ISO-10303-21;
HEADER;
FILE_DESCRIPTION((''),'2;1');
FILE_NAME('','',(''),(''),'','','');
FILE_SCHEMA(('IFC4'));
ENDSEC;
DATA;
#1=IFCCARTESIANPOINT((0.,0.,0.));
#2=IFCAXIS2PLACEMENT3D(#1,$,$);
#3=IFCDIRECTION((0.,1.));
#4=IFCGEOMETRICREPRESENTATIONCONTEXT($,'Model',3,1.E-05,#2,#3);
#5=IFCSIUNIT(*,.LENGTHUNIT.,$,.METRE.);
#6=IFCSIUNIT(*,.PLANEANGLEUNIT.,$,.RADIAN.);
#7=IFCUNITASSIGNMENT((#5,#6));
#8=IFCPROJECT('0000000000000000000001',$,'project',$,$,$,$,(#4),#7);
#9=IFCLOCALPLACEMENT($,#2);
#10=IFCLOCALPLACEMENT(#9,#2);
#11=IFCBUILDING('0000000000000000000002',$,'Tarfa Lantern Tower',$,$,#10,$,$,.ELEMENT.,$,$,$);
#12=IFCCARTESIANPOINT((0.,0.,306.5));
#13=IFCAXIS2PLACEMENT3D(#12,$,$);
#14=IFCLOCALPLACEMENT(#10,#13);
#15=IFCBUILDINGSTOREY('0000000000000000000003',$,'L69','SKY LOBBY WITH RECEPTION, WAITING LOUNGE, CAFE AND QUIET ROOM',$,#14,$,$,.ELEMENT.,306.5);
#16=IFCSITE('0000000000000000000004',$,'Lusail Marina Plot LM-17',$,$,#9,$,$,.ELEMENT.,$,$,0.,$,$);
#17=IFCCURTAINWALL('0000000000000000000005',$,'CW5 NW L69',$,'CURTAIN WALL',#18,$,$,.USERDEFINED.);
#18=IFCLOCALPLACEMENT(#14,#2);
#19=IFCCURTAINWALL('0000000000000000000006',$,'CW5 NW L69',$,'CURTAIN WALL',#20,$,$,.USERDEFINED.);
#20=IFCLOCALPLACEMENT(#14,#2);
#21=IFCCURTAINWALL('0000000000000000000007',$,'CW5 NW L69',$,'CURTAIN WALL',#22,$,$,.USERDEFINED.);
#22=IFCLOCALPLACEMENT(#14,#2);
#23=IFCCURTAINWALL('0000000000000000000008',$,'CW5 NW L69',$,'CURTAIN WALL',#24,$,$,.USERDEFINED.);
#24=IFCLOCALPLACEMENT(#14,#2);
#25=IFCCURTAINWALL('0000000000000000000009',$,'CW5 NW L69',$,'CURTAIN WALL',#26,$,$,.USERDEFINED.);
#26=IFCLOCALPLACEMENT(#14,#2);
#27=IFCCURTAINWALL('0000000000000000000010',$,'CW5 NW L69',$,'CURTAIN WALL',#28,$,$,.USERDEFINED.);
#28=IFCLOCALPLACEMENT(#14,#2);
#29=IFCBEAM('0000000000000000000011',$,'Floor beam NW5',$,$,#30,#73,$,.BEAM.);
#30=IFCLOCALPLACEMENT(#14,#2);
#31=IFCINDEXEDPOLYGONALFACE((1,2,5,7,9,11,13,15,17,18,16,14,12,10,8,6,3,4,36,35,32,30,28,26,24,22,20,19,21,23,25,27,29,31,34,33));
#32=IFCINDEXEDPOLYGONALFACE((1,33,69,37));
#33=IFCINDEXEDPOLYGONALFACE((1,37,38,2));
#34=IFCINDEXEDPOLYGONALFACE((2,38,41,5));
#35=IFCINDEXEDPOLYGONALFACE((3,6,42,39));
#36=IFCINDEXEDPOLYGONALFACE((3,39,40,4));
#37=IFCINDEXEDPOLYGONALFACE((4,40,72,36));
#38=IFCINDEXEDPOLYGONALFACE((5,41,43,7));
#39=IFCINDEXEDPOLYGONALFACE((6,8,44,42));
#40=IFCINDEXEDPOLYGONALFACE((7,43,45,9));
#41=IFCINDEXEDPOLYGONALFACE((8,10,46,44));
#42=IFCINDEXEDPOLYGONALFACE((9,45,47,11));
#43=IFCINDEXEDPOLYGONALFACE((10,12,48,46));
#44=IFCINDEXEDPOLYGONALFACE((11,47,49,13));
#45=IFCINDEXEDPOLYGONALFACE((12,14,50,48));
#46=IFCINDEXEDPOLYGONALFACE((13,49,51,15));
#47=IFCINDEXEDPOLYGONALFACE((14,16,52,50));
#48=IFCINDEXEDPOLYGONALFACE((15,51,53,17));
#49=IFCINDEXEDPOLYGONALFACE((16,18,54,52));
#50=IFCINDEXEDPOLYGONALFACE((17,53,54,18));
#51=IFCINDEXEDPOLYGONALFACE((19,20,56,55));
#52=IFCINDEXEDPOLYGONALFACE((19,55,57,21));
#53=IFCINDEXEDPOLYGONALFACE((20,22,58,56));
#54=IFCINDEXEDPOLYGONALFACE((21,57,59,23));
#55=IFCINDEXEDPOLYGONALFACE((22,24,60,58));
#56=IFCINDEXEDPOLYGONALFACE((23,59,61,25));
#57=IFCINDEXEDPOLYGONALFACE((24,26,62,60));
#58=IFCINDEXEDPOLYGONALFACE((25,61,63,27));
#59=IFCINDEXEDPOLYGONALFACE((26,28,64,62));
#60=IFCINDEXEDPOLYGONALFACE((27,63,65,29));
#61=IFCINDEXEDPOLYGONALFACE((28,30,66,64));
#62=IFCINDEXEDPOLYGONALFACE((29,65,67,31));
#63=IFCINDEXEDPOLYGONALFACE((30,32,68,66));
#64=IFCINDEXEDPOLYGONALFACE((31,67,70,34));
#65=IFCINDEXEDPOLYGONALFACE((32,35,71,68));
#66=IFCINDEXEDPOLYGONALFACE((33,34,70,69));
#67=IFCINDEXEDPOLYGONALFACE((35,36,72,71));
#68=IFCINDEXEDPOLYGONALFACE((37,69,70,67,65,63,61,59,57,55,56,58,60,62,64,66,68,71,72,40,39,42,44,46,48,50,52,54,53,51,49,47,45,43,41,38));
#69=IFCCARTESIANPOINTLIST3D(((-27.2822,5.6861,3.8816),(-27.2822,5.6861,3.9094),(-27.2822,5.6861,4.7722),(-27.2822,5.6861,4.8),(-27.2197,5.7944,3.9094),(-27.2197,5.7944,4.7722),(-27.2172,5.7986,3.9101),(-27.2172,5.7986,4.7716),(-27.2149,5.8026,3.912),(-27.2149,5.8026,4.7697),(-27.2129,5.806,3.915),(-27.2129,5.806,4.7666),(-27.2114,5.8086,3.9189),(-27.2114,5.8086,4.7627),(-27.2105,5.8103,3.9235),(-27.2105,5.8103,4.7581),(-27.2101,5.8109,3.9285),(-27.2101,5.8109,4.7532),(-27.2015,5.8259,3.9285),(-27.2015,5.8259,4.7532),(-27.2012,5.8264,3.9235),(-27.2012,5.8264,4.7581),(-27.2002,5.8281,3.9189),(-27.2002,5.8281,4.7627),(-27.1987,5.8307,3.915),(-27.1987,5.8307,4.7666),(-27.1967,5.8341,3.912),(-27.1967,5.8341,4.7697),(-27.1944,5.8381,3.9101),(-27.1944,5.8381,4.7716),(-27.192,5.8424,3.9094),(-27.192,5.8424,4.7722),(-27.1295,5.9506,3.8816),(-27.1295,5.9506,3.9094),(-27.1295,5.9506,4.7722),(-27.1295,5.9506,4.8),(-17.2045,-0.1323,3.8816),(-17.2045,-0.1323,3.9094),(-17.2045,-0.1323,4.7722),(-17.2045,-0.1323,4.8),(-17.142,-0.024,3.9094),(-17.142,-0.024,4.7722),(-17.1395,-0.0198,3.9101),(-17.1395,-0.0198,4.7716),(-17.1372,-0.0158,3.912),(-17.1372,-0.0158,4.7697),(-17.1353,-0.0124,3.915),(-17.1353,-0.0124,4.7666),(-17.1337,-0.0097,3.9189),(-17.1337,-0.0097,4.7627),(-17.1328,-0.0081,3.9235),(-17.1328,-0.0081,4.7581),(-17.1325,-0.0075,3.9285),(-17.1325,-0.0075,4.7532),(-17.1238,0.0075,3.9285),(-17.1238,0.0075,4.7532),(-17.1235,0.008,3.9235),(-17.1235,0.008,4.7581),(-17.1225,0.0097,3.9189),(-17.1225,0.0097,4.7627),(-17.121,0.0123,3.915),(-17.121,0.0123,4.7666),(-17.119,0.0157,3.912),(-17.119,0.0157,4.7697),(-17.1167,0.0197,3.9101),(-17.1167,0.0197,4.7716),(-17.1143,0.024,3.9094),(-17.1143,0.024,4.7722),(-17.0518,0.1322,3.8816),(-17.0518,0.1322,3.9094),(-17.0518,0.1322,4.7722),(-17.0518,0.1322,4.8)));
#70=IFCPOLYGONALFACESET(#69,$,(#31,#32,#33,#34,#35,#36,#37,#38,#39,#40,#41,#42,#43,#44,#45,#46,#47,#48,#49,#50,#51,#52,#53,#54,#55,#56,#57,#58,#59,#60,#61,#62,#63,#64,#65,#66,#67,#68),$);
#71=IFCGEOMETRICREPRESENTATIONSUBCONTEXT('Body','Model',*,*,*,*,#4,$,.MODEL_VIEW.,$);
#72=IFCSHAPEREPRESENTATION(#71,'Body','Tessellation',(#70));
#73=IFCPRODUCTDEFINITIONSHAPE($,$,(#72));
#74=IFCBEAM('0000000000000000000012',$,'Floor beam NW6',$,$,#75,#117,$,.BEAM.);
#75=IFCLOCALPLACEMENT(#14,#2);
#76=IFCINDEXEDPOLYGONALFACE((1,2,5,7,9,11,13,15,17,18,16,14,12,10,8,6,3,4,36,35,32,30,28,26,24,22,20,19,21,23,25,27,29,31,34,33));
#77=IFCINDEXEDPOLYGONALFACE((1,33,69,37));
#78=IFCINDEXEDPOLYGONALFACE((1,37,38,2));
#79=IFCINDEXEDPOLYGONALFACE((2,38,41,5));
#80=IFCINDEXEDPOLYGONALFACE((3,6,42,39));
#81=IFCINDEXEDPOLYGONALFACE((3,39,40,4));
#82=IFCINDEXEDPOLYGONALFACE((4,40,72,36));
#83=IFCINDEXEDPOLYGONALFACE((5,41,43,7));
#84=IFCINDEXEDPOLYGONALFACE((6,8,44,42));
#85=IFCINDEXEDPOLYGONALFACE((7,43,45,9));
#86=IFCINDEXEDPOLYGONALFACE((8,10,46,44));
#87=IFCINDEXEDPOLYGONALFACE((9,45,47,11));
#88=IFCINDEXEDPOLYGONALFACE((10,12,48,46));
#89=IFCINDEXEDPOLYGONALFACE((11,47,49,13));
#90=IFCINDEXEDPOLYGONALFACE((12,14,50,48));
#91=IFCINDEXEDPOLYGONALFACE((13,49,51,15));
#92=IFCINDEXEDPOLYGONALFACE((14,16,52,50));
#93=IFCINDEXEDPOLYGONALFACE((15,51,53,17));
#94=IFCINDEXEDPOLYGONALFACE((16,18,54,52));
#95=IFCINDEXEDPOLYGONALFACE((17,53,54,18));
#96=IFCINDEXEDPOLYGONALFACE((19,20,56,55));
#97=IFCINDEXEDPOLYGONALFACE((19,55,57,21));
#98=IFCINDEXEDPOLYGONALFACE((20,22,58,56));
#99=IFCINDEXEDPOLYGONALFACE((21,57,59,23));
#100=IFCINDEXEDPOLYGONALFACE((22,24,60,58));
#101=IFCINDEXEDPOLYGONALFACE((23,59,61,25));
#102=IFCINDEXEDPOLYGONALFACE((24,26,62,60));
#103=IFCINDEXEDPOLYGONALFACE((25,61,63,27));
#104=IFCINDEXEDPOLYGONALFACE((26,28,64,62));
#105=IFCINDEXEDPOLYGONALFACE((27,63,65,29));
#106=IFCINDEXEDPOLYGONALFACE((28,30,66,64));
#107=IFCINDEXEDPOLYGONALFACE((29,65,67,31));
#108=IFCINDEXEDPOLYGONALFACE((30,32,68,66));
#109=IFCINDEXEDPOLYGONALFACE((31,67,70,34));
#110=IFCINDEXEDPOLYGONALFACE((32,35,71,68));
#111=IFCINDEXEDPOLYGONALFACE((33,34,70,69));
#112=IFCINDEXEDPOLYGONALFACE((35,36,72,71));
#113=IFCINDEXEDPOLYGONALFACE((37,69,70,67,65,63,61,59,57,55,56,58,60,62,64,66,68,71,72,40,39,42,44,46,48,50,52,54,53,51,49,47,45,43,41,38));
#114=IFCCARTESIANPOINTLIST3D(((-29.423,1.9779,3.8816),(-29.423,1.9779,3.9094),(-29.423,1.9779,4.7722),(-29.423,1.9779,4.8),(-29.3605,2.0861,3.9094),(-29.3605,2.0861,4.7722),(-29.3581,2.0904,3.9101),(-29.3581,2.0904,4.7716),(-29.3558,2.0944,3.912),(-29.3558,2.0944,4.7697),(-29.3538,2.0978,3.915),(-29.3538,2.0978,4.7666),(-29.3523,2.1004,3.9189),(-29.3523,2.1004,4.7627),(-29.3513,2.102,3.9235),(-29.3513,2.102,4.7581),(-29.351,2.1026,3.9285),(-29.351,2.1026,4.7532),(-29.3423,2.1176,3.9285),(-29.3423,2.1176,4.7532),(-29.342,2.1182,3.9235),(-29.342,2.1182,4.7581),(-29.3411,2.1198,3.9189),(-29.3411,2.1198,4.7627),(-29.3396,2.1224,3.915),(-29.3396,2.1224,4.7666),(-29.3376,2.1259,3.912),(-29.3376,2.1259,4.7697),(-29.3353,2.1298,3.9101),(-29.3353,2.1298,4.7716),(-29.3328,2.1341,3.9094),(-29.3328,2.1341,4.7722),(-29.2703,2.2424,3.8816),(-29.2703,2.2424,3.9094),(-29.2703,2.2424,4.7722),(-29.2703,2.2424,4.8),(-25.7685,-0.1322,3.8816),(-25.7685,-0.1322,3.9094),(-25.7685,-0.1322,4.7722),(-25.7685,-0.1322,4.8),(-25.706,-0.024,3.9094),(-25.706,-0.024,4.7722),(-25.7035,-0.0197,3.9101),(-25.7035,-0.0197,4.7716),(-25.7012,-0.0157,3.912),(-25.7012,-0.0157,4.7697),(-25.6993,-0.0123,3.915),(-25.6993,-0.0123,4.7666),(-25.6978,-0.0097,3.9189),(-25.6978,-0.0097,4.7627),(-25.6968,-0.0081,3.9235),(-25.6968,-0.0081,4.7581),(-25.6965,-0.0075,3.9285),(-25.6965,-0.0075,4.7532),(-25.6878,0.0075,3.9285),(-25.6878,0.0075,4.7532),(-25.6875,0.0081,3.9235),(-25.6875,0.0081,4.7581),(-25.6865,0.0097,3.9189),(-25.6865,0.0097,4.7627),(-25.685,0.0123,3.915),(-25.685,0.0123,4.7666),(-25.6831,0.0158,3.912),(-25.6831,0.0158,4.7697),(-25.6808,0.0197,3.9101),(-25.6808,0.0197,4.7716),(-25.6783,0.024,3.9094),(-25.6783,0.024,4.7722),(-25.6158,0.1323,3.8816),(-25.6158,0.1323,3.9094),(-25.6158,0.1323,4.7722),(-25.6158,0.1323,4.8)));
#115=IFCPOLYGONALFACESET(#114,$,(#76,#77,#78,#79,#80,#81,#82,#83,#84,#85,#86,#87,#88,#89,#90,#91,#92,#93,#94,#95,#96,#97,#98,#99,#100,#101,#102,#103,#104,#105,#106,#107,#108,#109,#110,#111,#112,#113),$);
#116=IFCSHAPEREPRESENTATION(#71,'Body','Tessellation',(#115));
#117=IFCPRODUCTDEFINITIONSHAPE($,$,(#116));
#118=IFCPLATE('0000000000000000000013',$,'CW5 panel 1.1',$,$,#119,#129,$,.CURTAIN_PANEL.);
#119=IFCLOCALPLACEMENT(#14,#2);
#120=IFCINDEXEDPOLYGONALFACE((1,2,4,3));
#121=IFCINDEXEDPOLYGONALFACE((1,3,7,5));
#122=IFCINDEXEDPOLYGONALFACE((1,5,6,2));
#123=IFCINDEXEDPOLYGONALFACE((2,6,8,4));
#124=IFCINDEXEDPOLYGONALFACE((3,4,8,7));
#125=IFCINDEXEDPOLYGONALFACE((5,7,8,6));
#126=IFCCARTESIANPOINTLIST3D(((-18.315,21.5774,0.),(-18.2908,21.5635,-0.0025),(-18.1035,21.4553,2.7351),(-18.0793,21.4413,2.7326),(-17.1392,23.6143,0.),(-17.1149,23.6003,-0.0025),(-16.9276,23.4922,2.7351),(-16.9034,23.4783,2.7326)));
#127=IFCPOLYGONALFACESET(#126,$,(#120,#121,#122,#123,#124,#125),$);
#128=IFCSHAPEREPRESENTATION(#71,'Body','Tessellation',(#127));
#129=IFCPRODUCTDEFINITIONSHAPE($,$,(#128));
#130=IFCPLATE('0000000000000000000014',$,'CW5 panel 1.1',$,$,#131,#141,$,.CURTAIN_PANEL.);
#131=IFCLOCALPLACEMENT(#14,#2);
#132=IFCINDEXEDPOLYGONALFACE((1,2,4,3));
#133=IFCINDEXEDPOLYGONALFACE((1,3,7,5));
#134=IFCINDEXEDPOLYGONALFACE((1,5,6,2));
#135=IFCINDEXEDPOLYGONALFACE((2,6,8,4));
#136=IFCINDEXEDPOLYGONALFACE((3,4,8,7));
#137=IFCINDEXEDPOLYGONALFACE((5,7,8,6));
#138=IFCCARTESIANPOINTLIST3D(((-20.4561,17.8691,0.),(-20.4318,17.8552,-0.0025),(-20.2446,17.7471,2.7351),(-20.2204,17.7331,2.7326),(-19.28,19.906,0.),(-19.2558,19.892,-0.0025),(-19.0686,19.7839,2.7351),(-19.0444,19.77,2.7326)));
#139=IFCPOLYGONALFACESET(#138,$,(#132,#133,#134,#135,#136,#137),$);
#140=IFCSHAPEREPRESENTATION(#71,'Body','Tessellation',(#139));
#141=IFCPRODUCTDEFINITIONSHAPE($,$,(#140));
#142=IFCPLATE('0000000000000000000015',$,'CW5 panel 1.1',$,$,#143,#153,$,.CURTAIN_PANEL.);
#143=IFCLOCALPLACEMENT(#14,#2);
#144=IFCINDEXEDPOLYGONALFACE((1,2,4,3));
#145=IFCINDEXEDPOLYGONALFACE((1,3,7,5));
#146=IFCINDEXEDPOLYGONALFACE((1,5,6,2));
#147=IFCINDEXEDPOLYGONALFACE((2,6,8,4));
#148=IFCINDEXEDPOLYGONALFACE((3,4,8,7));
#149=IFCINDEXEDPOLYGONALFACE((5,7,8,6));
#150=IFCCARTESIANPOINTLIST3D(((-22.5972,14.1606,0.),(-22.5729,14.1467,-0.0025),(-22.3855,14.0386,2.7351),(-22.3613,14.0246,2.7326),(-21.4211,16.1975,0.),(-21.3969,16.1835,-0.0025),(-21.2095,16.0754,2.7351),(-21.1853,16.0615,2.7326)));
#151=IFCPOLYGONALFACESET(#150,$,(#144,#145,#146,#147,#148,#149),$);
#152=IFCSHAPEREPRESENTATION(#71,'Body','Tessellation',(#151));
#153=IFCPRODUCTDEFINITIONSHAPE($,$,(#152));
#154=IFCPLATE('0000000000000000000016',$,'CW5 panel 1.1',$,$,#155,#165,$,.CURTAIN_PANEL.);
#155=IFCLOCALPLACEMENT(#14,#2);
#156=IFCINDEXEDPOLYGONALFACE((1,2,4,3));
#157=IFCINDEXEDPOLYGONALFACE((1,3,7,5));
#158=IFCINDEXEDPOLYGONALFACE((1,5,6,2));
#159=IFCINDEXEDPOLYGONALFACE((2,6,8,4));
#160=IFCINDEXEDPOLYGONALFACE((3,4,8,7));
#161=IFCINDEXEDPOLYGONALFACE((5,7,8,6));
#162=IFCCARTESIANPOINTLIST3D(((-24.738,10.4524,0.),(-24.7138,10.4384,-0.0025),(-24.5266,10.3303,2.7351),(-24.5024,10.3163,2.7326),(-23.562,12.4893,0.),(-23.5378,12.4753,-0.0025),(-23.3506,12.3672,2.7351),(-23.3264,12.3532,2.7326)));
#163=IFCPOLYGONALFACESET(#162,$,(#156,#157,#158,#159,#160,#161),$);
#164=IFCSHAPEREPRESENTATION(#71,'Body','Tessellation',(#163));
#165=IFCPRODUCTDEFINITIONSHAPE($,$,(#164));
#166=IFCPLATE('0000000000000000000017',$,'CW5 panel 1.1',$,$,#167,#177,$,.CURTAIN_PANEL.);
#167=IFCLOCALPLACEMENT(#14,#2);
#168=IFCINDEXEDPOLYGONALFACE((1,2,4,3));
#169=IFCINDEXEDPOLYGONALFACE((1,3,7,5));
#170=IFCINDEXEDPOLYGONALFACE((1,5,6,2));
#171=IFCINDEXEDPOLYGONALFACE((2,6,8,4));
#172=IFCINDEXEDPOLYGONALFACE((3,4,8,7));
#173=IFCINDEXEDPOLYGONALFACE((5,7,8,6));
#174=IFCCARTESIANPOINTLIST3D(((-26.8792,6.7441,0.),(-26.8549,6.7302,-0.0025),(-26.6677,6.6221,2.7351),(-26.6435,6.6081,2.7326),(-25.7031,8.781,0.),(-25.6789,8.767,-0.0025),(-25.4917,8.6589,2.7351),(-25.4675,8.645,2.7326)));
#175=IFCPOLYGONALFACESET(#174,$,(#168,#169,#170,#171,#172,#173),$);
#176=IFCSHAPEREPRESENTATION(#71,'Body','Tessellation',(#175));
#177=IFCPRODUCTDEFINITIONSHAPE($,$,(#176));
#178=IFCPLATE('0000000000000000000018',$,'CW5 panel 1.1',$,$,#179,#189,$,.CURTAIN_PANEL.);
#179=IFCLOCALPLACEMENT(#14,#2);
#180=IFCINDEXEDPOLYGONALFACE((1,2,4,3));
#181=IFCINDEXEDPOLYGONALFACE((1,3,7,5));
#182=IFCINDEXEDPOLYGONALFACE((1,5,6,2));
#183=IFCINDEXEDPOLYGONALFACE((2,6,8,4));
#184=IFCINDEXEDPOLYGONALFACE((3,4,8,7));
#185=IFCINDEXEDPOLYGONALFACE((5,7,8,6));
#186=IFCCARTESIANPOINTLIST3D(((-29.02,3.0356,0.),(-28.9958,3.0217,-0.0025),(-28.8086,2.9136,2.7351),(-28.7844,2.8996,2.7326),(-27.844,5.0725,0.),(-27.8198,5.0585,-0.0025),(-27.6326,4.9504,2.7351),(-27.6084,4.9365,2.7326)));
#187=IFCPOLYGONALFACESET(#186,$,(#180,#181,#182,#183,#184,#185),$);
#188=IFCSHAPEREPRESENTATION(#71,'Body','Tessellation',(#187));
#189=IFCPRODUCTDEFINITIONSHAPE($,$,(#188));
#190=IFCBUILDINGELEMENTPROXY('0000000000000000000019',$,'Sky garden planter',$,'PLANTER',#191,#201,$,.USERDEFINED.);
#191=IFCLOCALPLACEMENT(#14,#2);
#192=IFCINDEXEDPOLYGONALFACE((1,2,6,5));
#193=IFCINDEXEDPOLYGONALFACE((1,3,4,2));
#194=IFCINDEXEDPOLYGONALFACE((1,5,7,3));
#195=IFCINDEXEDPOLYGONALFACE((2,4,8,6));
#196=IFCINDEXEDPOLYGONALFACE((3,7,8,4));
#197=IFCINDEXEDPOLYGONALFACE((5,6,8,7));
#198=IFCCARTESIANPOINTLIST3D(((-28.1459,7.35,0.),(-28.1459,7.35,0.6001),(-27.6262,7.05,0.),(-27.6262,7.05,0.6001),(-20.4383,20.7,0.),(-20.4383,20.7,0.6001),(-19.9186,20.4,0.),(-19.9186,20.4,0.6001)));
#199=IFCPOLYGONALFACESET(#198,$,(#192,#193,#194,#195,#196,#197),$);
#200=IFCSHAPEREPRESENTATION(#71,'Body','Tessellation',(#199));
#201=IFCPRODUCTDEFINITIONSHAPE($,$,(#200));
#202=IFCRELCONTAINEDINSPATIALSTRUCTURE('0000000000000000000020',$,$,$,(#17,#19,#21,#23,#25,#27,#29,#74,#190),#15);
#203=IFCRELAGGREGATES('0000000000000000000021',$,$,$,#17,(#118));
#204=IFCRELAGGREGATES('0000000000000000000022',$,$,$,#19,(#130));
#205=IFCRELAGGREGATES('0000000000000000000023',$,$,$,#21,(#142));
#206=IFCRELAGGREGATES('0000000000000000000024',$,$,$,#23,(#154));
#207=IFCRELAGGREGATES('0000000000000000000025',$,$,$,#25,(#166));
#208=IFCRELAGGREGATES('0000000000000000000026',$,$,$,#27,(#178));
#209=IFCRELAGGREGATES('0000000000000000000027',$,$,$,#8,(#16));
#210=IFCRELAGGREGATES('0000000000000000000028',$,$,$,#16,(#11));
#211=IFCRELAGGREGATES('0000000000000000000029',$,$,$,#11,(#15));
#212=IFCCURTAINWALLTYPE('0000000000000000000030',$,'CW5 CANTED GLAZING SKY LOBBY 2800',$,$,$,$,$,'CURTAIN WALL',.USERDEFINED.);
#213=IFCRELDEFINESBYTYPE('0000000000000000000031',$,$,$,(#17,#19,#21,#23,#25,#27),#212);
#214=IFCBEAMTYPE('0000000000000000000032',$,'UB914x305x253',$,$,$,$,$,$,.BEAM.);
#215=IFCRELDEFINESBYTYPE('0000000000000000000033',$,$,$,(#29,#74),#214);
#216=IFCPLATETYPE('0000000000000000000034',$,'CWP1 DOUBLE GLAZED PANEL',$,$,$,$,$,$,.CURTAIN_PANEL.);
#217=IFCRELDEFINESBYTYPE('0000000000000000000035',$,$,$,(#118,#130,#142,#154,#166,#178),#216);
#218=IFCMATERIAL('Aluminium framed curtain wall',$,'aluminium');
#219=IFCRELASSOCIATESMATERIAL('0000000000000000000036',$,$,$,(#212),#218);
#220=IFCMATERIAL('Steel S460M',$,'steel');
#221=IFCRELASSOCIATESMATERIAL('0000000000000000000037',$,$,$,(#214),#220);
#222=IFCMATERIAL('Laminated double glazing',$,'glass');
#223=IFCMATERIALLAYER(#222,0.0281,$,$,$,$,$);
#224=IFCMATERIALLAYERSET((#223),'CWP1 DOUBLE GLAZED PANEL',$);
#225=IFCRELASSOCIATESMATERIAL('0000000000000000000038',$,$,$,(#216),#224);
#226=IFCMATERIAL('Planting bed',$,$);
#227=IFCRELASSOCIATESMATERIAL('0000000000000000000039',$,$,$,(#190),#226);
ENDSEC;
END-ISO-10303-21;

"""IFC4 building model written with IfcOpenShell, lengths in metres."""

from ifc_helpers import new_model, si_unit, direction, frame, origin, origin_2d, place, context, subcontext, project, spatial, polyline, rectangle, i_section, outline, extrude, material, layer, layer_set, material_profile, profile_set, type_object, element, aggregate, save


model = new_model("IFC4")

# Units and contexts
model_context = context("Model", 3, precision=1e-05, world=origin(), true_north=direction((0.0, 1.0)))
body_context = subcontext(model_context, "Body", "Model", "MODEL_VIEW")
ifc_project = project(units=[si_unit("LENGTHUNIT", "METRE"), si_unit("PLANEANGLEUNIT", "RADIAN")], contexts=[model_context])

# Site, building, storey
site_placement = place(None, origin())
site = spatial("IfcSite", under=ifc_project, at=site_placement, Name="Lusail Marina Plot LM-17", CompositionType="ELEMENT", RefElevation=0.0)
building_placement = place(site_placement, origin())
building = spatial("IfcBuilding", under=site, at=building_placement, Name="Tarfa Lantern Tower", CompositionType="ELEMENT")
storey_placement = place(building_placement, frame((0.0, 0.0, 306.5)))
storey = spatial("IfcBuildingStorey", under=building, at=storey_placement, Name="L69", Description="SKY LOBBY WITH RECEPTION, WAITING LOUNGE, CAFE AND QUIET ROOM", CompositionType="ELEMENT", Elevation=306.5)

# Shared definitions
ifc_material_1 = material(Name="Steel S460M", Category="steel")

# Curtain wall
ifc_material_2 = material(Name="Aluminium framed curtain wall", Category="aluminium")
curtain_wall_type = type_object("IfcCurtainWallType", Name="CW5 CANTED GLAZING SKY LOBBY 2800", ElementType="CURTAIN WALL", PredefinedType="USERDEFINED", material=ifc_material_2)
curtain_wall_1_placement = place(storey_placement, origin())
curtain_wall_1 = element("IfcCurtainWall", 1, at=curtain_wall_1_placement, inside=storey, type_object=curtain_wall_type, Name="CW5 NW L69", ObjectType="CURTAIN WALL", PredefinedType="USERDEFINED")

# Curtain walls
curtain_wall_2_placement = place(storey_placement, origin())
curtain_wall_2 = element("IfcCurtainWall", 2, at=curtain_wall_2_placement, inside=storey, type_object=curtain_wall_type, Name="CW5 NW L69", ObjectType="CURTAIN WALL", PredefinedType="USERDEFINED")
curtain_wall_3_placement = place(storey_placement, origin())
curtain_wall_3 = element("IfcCurtainWall", 3, at=curtain_wall_3_placement, inside=storey, type_object=curtain_wall_type, Name="CW5 NW L69", ObjectType="CURTAIN WALL", PredefinedType="USERDEFINED")
curtain_wall_4_placement = place(storey_placement, origin())
curtain_wall_4 = element("IfcCurtainWall", 4, at=curtain_wall_4_placement, inside=storey, type_object=curtain_wall_type, Name="CW5 NW L69", ObjectType="CURTAIN WALL", PredefinedType="USERDEFINED")
curtain_wall_5_placement = place(storey_placement, origin())
curtain_wall_5 = element("IfcCurtainWall", 5, at=curtain_wall_5_placement, inside=storey, type_object=curtain_wall_type, Name="CW5 NW L69", ObjectType="CURTAIN WALL", PredefinedType="USERDEFINED")
curtain_wall_6_placement = place(storey_placement, origin())
curtain_wall_6 = element("IfcCurtainWall", 6, at=curtain_wall_6_placement, inside=storey, type_object=curtain_wall_type, Name="CW5 NW L69", ObjectType="CURTAIN WALL", PredefinedType="USERDEFINED")

# Beams
ifc_material_profile_1 = material_profile(ifc_material_1, i_section(OverallWidth=0.3054, OverallDepth=0.9185, WebThickness=0.0173, FlangeThickness=0.0278, FilletRadius=0.019, at=origin_2d()), Name="UB914x305x253")
ifc_profile_set_1 = profile_set([ifc_material_profile_1], Name="Steel S460M")
beam_type_1 = type_object("IfcBeamType", Name="UB914x305x253", PredefinedType="BEAM", material=ifc_profile_set_1)
beam_1_placement = place(storey_placement, frame((-27.2058, 5.8184, 4.3408), z_axis=(0.866024, -0.500002, 0.0), x_axis=(0.500002, 0.866024, 0.0)))
element("IfcBeam", 7, at=beam_1_placement, inside=storey, type_object=beam_type_1, Name="Floor beam NW5", PredefinedType="BEAM", context=body_context, shape_type="SweptSolid", body=[
    extrude(i_section(OverallWidth=0.3054, OverallDepth=0.9185, WebThickness=0.0173, FlangeThickness=0.0278, FilletRadius=0.019, at=origin_2d()), origin(), (0.0, 0.0, 1.0), 11.6367),
])
beam_2_placement = place(storey_placement, frame((-29.3467, 2.1101, 4.3408), z_axis=(0.866009, -0.500028, 0.0), x_axis=(0.500028, 0.866009, 0.0)))
element("IfcBeam", 8, at=beam_2_placement, inside=storey, type_object=beam_type_1, Name="Floor beam NW6", PredefinedType="BEAM", context=body_context, shape_type="SweptSolid", body=[
    extrude(i_section(OverallWidth=0.3054, OverallDepth=0.9185, WebThickness=0.0173, FlangeThickness=0.0278, FilletRadius=0.019, at=origin_2d()), origin(), (0.0, 0.0, 1.0), 4.22),
])

# Plates
ifc_material_3 = material(Name="Laminated double glazing", Category="glass")
ifc_layer = layer(ifc_material_3, 0.0281)
ifc_layer_set = layer_set([ifc_layer], Name="CWP1 DOUBLE GLAZED PANEL")
plate_type = type_object("IfcPlateType", Name="CWP1 DOUBLE GLAZED PANEL", PredefinedType="CURTAIN_PANEL", material=ifc_layer_set)
plate_1_placement = place(storey_placement, frame((-17.1392, 23.6143, 0.0), z_axis=(-0.862608, 0.497992, 0.088945), x_axis=(-0.499974, -0.866041, 0.000004)))
plate_1 = element("IfcPlate", 9, at=plate_1_placement, type_object=plate_type, Name="CW5 panel 1.1", PredefinedType="CURTAIN_PANEL", context=body_context, shape_type="SweptSolid", body=[
    extrude(outline(polyline([(0.0, 0.0), (2.3519, 0.0), (2.3519, 2.746), (-0.0001, 2.746), (0.0, 0.0)])), origin(), (0.0, 0.0, -1.0), 0.0281),
])
aggregate(curtain_wall_1, [plate_1])
plate_2_placement = place(storey_placement, frame((-19.28, 19.906, 0.0), z_axis=(-0.862588, 0.498033, 0.088906), x_axis=(-0.500013, -0.866018, 0.0)))
plate_2 = element("IfcPlate", 10, at=plate_2_placement, type_object=plate_type, Name="CW5 panel 1.1", PredefinedType="CURTAIN_PANEL", context=body_context, shape_type="SweptSolid", body=[
    extrude(outline(polyline([(0.0, 0.0), (2.352, 0.0), (2.352, 2.746), (0.0, 2.746), (0.0, 0.0)])), origin(), (0.0, 0.0, -1.0), 0.0281),
])
aggregate(curtain_wall_2, [plate_2])
plate_3_placement = place(storey_placement, frame((-21.4211, 16.1975, 0.0), z_axis=(-0.862583, 0.49803, 0.088983), x_axis=(-0.500013, -0.866018, 0.0)))
plate_3 = element("IfcPlate", 11, at=plate_3_placement, type_object=plate_type, Name="CW5 panel 1.1", PredefinedType="CURTAIN_PANEL", context=body_context, shape_type="SweptSolid", body=[
    extrude(outline(polyline([(0.0, 0.0), (2.352, 0.0), (2.3519, 2.746), (-0.0001, 2.746), (0.0, 0.0)])), origin(), (0.0, 0.0, -1.0), 0.0281),
])
aggregate(curtain_wall_3, [plate_3])
plate_4_placement = place(storey_placement, frame((-23.562, 12.4893, 0.0), z_axis=(-0.862588, 0.498033, 0.088906), x_axis=(-0.500013, -0.866018, 0.0)))
plate_4 = element("IfcPlate", 12, at=plate_4_placement, type_object=plate_type, Name="CW5 panel 1.1", PredefinedType="CURTAIN_PANEL", context=body_context, shape_type="SweptSolid", body=[
    extrude(outline(polyline([(0.0, 0.0), (2.352, 0.0), (2.352, 2.746), (0.0, 2.746), (0.0, 0.0)])), origin(), (0.0, 0.0, -1.0), 0.0281),
])
aggregate(curtain_wall_4, [plate_4])
plate_5_placement = place(storey_placement, frame((-25.7031, 8.781, 0.0), z_axis=(-0.862588, 0.498033, 0.088906), x_axis=(-0.500013, -0.866018, 0.0)))
plate_5 = element("IfcPlate", 13, at=plate_5_placement, type_object=plate_type, Name="CW5 panel 1.1", PredefinedType="CURTAIN_PANEL", context=body_context, shape_type="SweptSolid", body=[
    extrude(outline(polyline([(0.0, 0.0), (2.352, 0.0), (2.352, 2.746), (0.0, 2.746), (0.0, 0.0)])), origin(), (0.0, 0.0, -1.0), 0.0281),
])
aggregate(curtain_wall_5, [plate_5])
plate_6_placement = place(storey_placement, frame((-27.844, 5.0725, 0.0), z_axis=(-0.862588, 0.498033, 0.088906), x_axis=(-0.500013, -0.866018, 0.0)))
plate_6 = element("IfcPlate", 14, at=plate_6_placement, type_object=plate_type, Name="CW5 panel 1.1", PredefinedType="CURTAIN_PANEL", context=body_context, shape_type="SweptSolid", body=[
    extrude(outline(polyline([(0.0, 0.0), (2.352, 0.0), (2.352, 2.746), (0.0, 2.746), (0.0, 0.0)])), origin(), (0.0, 0.0, -1.0), 0.0281),
])
aggregate(curtain_wall_6, [plate_6])

# Building element proxy
ifc_material_4 = material(Name="Planting bed")
proxy_placement = place(storey_placement, frame((-24.0322, 13.875, 0.0), z_axis=(0.0, 0.0, 1.0), x_axis=(-0.5, -0.866025, 0.0)))
element("IfcBuildingElementProxy", 15, at=proxy_placement, inside=storey, material=ifc_material_4, Name="Sky garden planter", ObjectType="PLANTER", PredefinedType="USERDEFINED", context=body_context, shape_type="SweptSolid", body=[
    extrude(rectangle(XDim=15.4153, YDim=0.6001, at=origin_2d()), origin(), (0.0, 0.0, 1.0), 0.6001),
])

save(model, "model.ifc")
